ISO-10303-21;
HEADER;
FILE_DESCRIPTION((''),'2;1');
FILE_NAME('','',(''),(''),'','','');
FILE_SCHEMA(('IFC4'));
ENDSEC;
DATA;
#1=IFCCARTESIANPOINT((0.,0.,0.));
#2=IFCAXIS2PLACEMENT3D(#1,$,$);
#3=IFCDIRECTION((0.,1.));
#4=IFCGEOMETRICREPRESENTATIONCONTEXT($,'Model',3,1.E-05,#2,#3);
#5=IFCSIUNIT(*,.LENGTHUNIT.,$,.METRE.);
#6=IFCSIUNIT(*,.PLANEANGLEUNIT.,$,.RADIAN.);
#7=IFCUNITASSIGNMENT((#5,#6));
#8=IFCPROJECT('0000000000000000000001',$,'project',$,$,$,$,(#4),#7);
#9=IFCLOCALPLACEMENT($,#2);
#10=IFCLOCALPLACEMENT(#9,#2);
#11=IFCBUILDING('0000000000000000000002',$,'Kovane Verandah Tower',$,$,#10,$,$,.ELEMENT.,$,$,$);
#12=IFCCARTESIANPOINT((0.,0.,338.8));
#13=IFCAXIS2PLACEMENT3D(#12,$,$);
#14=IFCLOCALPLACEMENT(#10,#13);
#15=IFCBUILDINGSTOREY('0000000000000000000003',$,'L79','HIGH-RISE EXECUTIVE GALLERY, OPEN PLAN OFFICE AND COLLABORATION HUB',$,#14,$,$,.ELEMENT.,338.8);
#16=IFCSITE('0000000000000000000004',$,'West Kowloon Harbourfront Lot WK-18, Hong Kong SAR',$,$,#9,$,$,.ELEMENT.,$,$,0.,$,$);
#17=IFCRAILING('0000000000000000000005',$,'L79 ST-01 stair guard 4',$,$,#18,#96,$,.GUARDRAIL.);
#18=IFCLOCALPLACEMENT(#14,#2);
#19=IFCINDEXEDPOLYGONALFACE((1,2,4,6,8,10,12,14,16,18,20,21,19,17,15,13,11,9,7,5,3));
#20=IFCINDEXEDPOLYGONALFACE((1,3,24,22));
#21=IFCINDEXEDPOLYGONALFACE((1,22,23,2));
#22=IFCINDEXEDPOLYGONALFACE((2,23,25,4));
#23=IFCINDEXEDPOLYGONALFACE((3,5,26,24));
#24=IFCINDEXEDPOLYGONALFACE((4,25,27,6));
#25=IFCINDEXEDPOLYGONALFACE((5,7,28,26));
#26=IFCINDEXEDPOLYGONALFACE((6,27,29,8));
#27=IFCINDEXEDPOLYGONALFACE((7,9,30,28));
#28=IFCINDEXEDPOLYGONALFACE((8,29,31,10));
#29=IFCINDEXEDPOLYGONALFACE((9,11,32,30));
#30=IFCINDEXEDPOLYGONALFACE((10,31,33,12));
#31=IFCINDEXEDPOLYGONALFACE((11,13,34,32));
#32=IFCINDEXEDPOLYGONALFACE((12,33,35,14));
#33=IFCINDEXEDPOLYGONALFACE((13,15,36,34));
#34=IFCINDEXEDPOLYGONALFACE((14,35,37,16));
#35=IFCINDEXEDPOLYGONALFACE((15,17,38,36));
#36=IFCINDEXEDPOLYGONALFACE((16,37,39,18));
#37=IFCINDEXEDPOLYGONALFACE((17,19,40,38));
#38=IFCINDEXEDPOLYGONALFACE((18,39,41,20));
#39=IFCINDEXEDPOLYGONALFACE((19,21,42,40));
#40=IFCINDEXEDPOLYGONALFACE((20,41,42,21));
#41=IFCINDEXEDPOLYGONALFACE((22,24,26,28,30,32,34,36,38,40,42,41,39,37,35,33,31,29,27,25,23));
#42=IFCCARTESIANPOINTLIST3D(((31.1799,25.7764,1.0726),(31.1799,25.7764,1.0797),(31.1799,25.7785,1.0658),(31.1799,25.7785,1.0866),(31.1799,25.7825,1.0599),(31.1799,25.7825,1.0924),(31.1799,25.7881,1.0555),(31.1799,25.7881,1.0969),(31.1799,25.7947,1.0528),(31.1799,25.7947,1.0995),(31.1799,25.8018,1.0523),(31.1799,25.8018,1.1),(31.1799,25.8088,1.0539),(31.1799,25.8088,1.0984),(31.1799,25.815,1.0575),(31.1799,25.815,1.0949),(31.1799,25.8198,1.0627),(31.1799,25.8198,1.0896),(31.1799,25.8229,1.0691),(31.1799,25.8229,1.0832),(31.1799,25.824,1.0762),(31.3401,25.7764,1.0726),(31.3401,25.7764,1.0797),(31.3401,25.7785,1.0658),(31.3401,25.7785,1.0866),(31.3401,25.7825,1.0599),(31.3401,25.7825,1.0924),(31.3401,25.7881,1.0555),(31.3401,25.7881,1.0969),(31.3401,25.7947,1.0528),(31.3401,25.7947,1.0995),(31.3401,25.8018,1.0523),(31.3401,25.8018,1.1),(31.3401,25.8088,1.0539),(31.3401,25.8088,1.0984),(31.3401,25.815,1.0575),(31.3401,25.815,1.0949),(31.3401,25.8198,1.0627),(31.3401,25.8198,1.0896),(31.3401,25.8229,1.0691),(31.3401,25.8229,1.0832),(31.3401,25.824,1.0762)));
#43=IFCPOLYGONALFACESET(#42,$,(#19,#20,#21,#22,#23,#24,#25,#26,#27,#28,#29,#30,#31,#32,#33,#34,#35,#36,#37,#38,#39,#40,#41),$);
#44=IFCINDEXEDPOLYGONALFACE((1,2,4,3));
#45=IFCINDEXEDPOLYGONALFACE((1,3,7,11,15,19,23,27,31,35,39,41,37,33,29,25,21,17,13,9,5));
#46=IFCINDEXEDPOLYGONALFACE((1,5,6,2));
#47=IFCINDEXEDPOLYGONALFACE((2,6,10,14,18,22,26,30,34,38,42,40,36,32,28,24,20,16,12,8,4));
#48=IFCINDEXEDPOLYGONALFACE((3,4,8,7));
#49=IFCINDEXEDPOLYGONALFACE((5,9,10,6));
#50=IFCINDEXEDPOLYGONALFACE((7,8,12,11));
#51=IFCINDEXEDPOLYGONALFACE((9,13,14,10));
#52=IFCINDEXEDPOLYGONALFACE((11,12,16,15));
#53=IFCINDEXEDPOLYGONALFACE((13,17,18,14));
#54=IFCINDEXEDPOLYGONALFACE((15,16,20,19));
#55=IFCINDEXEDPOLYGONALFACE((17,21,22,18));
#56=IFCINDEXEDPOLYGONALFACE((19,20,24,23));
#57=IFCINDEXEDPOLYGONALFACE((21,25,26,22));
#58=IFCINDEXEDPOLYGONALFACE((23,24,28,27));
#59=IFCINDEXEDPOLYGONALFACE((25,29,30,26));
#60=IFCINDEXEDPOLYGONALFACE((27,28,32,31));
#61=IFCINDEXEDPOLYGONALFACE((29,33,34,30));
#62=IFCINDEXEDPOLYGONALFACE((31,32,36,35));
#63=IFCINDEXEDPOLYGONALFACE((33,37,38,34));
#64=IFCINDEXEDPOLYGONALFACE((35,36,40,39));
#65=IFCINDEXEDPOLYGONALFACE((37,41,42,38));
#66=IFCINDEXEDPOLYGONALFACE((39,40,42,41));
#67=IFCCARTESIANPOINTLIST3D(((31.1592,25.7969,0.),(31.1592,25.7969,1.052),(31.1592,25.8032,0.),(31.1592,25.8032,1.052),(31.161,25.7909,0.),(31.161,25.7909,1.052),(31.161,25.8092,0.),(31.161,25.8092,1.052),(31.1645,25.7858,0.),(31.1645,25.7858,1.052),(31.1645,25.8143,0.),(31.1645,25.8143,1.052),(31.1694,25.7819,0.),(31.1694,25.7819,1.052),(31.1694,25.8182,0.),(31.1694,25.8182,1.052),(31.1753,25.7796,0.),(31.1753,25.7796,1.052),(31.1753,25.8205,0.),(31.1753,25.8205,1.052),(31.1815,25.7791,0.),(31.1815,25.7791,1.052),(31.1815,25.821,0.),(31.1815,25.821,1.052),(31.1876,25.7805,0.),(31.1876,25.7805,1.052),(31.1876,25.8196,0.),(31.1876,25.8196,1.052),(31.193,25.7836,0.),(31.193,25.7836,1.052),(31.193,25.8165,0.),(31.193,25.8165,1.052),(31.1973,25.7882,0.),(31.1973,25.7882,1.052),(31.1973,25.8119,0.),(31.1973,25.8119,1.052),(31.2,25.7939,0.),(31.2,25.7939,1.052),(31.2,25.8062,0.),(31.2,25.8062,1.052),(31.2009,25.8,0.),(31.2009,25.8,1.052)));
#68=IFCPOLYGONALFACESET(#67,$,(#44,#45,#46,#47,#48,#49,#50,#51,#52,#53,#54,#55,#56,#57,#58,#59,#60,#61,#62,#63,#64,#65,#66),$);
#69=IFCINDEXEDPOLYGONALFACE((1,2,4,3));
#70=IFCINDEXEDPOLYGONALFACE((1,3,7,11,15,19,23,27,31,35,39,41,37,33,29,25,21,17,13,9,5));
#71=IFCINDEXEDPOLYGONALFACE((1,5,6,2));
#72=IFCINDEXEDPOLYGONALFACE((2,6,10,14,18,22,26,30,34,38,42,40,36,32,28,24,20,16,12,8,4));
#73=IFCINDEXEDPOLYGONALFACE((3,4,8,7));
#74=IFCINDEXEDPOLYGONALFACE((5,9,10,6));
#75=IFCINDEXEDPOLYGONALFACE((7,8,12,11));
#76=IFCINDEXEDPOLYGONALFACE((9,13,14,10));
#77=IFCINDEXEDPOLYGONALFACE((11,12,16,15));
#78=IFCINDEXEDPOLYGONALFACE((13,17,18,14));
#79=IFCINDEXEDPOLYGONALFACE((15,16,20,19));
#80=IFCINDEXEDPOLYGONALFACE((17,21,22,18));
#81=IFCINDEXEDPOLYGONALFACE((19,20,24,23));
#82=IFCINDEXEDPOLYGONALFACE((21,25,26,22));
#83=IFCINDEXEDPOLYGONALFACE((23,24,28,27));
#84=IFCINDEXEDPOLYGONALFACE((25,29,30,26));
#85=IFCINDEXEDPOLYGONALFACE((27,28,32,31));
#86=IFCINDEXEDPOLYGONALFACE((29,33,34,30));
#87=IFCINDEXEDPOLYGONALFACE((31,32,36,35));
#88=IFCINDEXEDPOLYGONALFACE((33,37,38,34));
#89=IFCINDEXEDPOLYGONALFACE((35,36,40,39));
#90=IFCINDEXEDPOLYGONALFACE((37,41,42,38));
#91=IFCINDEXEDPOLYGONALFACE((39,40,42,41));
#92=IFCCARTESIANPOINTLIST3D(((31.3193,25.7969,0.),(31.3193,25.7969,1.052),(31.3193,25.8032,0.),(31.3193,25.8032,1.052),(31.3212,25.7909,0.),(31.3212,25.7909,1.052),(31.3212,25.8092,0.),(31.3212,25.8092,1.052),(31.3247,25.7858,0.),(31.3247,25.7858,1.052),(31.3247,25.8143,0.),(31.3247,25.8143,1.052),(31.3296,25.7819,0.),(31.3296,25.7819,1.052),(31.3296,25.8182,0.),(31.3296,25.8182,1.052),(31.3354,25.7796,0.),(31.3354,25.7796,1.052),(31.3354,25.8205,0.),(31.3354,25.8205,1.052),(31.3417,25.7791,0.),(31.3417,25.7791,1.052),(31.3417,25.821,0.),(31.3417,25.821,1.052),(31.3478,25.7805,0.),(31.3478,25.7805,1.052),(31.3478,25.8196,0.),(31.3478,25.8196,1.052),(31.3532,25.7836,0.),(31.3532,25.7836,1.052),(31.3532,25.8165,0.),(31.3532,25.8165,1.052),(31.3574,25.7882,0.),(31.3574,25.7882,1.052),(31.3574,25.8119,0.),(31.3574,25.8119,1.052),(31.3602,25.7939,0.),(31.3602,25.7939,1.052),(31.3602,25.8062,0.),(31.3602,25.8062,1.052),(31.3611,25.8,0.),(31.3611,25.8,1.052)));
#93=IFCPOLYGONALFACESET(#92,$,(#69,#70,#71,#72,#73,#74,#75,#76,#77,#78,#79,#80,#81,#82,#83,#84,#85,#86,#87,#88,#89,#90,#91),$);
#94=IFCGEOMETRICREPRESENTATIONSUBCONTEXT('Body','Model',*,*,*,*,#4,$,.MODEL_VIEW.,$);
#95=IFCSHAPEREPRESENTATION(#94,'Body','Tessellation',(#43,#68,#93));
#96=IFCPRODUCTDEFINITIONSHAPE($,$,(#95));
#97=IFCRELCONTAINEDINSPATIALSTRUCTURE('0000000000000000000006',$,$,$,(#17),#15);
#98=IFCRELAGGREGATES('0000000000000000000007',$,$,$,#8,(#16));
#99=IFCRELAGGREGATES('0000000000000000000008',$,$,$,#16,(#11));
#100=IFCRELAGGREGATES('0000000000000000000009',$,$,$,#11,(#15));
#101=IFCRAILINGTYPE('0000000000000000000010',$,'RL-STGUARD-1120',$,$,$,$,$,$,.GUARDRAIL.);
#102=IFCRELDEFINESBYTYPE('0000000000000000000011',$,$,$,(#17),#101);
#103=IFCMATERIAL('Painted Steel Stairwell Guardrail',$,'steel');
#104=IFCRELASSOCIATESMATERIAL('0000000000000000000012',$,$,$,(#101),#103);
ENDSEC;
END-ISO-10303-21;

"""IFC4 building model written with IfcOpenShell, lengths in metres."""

from ifc_helpers import new_model, si_unit, direction, frame, origin, origin_2d, place, context, subcontext, project, spatial, circle, extrude, material, type_object, element, save


model = new_model("IFC4")

# Units and contexts
model_context = context("Model", 3, precision=1e-05, world=origin(), true_north=direction((0.0, 1.0)))
body_context = subcontext(model_context, "Body", "Model", "MODEL_VIEW")
ifc_project = project(units=[si_unit("LENGTHUNIT", "METRE"), si_unit("PLANEANGLEUNIT", "RADIAN")], contexts=[model_context])

# Site, building, storey
site_placement = place(None, origin())
site = spatial("IfcSite", under=ifc_project, at=site_placement, Name="West Kowloon Harbourfront Lot WK-18, Hong Kong SAR", CompositionType="ELEMENT", RefElevation=0.0)
building_placement = place(site_placement, origin())
building = spatial("IfcBuilding", under=site, at=building_placement, Name="Kovane Verandah Tower", CompositionType="ELEMENT")
storey_placement = place(building_placement, frame((0.0, 0.0, 338.8)))
storey = spatial("IfcBuildingStorey", under=building, at=storey_placement, Name="L79", Description="HIGH-RISE EXECUTIVE GALLERY, OPEN PLAN OFFICE AND COLLABORATION HUB", CompositionType="ELEMENT", Elevation=338.8)

# Railing
ifc_material_1 = material(Name="Painted Steel Stairwell Guardrail", Category="steel")
railing_type_1 = type_object("IfcRailingType", Name="RL-STGUARD-1120", PredefinedType="GUARDRAIL", material=ifc_material_1)
railing_1_placement = place(storey_placement, frame((31.1799, 25.8, 0.0)))
element("IfcRailing", 1, at=railing_1_placement, inside=storey, type_object=railing_type_1, Name="L79 ST-01 stair guard 4", PredefinedType="GUARDRAIL", context=body_context, shape_type="SweptSolid", body=[
    extrude(circle(Radius=0.0239, at=origin_2d()), frame((0.0, 0.0, 1.0762), z_axis=(1.0, 0.0, 0.0), x_axis=(0.0, 1.0, 0.0)), (0.0, 0.0, 1.0), 0.1602),
    extrude(circle(Radius=0.021, at=origin_2d()), origin(), (0.0, 0.0, 1.0), 1.052),
    extrude(circle(Radius=0.021, at=origin_2d()), frame((0.1602, 0.0, 0.0)), (0.0, 0.0, 1.0), 1.052),
])

save(model, "model.ifc")
